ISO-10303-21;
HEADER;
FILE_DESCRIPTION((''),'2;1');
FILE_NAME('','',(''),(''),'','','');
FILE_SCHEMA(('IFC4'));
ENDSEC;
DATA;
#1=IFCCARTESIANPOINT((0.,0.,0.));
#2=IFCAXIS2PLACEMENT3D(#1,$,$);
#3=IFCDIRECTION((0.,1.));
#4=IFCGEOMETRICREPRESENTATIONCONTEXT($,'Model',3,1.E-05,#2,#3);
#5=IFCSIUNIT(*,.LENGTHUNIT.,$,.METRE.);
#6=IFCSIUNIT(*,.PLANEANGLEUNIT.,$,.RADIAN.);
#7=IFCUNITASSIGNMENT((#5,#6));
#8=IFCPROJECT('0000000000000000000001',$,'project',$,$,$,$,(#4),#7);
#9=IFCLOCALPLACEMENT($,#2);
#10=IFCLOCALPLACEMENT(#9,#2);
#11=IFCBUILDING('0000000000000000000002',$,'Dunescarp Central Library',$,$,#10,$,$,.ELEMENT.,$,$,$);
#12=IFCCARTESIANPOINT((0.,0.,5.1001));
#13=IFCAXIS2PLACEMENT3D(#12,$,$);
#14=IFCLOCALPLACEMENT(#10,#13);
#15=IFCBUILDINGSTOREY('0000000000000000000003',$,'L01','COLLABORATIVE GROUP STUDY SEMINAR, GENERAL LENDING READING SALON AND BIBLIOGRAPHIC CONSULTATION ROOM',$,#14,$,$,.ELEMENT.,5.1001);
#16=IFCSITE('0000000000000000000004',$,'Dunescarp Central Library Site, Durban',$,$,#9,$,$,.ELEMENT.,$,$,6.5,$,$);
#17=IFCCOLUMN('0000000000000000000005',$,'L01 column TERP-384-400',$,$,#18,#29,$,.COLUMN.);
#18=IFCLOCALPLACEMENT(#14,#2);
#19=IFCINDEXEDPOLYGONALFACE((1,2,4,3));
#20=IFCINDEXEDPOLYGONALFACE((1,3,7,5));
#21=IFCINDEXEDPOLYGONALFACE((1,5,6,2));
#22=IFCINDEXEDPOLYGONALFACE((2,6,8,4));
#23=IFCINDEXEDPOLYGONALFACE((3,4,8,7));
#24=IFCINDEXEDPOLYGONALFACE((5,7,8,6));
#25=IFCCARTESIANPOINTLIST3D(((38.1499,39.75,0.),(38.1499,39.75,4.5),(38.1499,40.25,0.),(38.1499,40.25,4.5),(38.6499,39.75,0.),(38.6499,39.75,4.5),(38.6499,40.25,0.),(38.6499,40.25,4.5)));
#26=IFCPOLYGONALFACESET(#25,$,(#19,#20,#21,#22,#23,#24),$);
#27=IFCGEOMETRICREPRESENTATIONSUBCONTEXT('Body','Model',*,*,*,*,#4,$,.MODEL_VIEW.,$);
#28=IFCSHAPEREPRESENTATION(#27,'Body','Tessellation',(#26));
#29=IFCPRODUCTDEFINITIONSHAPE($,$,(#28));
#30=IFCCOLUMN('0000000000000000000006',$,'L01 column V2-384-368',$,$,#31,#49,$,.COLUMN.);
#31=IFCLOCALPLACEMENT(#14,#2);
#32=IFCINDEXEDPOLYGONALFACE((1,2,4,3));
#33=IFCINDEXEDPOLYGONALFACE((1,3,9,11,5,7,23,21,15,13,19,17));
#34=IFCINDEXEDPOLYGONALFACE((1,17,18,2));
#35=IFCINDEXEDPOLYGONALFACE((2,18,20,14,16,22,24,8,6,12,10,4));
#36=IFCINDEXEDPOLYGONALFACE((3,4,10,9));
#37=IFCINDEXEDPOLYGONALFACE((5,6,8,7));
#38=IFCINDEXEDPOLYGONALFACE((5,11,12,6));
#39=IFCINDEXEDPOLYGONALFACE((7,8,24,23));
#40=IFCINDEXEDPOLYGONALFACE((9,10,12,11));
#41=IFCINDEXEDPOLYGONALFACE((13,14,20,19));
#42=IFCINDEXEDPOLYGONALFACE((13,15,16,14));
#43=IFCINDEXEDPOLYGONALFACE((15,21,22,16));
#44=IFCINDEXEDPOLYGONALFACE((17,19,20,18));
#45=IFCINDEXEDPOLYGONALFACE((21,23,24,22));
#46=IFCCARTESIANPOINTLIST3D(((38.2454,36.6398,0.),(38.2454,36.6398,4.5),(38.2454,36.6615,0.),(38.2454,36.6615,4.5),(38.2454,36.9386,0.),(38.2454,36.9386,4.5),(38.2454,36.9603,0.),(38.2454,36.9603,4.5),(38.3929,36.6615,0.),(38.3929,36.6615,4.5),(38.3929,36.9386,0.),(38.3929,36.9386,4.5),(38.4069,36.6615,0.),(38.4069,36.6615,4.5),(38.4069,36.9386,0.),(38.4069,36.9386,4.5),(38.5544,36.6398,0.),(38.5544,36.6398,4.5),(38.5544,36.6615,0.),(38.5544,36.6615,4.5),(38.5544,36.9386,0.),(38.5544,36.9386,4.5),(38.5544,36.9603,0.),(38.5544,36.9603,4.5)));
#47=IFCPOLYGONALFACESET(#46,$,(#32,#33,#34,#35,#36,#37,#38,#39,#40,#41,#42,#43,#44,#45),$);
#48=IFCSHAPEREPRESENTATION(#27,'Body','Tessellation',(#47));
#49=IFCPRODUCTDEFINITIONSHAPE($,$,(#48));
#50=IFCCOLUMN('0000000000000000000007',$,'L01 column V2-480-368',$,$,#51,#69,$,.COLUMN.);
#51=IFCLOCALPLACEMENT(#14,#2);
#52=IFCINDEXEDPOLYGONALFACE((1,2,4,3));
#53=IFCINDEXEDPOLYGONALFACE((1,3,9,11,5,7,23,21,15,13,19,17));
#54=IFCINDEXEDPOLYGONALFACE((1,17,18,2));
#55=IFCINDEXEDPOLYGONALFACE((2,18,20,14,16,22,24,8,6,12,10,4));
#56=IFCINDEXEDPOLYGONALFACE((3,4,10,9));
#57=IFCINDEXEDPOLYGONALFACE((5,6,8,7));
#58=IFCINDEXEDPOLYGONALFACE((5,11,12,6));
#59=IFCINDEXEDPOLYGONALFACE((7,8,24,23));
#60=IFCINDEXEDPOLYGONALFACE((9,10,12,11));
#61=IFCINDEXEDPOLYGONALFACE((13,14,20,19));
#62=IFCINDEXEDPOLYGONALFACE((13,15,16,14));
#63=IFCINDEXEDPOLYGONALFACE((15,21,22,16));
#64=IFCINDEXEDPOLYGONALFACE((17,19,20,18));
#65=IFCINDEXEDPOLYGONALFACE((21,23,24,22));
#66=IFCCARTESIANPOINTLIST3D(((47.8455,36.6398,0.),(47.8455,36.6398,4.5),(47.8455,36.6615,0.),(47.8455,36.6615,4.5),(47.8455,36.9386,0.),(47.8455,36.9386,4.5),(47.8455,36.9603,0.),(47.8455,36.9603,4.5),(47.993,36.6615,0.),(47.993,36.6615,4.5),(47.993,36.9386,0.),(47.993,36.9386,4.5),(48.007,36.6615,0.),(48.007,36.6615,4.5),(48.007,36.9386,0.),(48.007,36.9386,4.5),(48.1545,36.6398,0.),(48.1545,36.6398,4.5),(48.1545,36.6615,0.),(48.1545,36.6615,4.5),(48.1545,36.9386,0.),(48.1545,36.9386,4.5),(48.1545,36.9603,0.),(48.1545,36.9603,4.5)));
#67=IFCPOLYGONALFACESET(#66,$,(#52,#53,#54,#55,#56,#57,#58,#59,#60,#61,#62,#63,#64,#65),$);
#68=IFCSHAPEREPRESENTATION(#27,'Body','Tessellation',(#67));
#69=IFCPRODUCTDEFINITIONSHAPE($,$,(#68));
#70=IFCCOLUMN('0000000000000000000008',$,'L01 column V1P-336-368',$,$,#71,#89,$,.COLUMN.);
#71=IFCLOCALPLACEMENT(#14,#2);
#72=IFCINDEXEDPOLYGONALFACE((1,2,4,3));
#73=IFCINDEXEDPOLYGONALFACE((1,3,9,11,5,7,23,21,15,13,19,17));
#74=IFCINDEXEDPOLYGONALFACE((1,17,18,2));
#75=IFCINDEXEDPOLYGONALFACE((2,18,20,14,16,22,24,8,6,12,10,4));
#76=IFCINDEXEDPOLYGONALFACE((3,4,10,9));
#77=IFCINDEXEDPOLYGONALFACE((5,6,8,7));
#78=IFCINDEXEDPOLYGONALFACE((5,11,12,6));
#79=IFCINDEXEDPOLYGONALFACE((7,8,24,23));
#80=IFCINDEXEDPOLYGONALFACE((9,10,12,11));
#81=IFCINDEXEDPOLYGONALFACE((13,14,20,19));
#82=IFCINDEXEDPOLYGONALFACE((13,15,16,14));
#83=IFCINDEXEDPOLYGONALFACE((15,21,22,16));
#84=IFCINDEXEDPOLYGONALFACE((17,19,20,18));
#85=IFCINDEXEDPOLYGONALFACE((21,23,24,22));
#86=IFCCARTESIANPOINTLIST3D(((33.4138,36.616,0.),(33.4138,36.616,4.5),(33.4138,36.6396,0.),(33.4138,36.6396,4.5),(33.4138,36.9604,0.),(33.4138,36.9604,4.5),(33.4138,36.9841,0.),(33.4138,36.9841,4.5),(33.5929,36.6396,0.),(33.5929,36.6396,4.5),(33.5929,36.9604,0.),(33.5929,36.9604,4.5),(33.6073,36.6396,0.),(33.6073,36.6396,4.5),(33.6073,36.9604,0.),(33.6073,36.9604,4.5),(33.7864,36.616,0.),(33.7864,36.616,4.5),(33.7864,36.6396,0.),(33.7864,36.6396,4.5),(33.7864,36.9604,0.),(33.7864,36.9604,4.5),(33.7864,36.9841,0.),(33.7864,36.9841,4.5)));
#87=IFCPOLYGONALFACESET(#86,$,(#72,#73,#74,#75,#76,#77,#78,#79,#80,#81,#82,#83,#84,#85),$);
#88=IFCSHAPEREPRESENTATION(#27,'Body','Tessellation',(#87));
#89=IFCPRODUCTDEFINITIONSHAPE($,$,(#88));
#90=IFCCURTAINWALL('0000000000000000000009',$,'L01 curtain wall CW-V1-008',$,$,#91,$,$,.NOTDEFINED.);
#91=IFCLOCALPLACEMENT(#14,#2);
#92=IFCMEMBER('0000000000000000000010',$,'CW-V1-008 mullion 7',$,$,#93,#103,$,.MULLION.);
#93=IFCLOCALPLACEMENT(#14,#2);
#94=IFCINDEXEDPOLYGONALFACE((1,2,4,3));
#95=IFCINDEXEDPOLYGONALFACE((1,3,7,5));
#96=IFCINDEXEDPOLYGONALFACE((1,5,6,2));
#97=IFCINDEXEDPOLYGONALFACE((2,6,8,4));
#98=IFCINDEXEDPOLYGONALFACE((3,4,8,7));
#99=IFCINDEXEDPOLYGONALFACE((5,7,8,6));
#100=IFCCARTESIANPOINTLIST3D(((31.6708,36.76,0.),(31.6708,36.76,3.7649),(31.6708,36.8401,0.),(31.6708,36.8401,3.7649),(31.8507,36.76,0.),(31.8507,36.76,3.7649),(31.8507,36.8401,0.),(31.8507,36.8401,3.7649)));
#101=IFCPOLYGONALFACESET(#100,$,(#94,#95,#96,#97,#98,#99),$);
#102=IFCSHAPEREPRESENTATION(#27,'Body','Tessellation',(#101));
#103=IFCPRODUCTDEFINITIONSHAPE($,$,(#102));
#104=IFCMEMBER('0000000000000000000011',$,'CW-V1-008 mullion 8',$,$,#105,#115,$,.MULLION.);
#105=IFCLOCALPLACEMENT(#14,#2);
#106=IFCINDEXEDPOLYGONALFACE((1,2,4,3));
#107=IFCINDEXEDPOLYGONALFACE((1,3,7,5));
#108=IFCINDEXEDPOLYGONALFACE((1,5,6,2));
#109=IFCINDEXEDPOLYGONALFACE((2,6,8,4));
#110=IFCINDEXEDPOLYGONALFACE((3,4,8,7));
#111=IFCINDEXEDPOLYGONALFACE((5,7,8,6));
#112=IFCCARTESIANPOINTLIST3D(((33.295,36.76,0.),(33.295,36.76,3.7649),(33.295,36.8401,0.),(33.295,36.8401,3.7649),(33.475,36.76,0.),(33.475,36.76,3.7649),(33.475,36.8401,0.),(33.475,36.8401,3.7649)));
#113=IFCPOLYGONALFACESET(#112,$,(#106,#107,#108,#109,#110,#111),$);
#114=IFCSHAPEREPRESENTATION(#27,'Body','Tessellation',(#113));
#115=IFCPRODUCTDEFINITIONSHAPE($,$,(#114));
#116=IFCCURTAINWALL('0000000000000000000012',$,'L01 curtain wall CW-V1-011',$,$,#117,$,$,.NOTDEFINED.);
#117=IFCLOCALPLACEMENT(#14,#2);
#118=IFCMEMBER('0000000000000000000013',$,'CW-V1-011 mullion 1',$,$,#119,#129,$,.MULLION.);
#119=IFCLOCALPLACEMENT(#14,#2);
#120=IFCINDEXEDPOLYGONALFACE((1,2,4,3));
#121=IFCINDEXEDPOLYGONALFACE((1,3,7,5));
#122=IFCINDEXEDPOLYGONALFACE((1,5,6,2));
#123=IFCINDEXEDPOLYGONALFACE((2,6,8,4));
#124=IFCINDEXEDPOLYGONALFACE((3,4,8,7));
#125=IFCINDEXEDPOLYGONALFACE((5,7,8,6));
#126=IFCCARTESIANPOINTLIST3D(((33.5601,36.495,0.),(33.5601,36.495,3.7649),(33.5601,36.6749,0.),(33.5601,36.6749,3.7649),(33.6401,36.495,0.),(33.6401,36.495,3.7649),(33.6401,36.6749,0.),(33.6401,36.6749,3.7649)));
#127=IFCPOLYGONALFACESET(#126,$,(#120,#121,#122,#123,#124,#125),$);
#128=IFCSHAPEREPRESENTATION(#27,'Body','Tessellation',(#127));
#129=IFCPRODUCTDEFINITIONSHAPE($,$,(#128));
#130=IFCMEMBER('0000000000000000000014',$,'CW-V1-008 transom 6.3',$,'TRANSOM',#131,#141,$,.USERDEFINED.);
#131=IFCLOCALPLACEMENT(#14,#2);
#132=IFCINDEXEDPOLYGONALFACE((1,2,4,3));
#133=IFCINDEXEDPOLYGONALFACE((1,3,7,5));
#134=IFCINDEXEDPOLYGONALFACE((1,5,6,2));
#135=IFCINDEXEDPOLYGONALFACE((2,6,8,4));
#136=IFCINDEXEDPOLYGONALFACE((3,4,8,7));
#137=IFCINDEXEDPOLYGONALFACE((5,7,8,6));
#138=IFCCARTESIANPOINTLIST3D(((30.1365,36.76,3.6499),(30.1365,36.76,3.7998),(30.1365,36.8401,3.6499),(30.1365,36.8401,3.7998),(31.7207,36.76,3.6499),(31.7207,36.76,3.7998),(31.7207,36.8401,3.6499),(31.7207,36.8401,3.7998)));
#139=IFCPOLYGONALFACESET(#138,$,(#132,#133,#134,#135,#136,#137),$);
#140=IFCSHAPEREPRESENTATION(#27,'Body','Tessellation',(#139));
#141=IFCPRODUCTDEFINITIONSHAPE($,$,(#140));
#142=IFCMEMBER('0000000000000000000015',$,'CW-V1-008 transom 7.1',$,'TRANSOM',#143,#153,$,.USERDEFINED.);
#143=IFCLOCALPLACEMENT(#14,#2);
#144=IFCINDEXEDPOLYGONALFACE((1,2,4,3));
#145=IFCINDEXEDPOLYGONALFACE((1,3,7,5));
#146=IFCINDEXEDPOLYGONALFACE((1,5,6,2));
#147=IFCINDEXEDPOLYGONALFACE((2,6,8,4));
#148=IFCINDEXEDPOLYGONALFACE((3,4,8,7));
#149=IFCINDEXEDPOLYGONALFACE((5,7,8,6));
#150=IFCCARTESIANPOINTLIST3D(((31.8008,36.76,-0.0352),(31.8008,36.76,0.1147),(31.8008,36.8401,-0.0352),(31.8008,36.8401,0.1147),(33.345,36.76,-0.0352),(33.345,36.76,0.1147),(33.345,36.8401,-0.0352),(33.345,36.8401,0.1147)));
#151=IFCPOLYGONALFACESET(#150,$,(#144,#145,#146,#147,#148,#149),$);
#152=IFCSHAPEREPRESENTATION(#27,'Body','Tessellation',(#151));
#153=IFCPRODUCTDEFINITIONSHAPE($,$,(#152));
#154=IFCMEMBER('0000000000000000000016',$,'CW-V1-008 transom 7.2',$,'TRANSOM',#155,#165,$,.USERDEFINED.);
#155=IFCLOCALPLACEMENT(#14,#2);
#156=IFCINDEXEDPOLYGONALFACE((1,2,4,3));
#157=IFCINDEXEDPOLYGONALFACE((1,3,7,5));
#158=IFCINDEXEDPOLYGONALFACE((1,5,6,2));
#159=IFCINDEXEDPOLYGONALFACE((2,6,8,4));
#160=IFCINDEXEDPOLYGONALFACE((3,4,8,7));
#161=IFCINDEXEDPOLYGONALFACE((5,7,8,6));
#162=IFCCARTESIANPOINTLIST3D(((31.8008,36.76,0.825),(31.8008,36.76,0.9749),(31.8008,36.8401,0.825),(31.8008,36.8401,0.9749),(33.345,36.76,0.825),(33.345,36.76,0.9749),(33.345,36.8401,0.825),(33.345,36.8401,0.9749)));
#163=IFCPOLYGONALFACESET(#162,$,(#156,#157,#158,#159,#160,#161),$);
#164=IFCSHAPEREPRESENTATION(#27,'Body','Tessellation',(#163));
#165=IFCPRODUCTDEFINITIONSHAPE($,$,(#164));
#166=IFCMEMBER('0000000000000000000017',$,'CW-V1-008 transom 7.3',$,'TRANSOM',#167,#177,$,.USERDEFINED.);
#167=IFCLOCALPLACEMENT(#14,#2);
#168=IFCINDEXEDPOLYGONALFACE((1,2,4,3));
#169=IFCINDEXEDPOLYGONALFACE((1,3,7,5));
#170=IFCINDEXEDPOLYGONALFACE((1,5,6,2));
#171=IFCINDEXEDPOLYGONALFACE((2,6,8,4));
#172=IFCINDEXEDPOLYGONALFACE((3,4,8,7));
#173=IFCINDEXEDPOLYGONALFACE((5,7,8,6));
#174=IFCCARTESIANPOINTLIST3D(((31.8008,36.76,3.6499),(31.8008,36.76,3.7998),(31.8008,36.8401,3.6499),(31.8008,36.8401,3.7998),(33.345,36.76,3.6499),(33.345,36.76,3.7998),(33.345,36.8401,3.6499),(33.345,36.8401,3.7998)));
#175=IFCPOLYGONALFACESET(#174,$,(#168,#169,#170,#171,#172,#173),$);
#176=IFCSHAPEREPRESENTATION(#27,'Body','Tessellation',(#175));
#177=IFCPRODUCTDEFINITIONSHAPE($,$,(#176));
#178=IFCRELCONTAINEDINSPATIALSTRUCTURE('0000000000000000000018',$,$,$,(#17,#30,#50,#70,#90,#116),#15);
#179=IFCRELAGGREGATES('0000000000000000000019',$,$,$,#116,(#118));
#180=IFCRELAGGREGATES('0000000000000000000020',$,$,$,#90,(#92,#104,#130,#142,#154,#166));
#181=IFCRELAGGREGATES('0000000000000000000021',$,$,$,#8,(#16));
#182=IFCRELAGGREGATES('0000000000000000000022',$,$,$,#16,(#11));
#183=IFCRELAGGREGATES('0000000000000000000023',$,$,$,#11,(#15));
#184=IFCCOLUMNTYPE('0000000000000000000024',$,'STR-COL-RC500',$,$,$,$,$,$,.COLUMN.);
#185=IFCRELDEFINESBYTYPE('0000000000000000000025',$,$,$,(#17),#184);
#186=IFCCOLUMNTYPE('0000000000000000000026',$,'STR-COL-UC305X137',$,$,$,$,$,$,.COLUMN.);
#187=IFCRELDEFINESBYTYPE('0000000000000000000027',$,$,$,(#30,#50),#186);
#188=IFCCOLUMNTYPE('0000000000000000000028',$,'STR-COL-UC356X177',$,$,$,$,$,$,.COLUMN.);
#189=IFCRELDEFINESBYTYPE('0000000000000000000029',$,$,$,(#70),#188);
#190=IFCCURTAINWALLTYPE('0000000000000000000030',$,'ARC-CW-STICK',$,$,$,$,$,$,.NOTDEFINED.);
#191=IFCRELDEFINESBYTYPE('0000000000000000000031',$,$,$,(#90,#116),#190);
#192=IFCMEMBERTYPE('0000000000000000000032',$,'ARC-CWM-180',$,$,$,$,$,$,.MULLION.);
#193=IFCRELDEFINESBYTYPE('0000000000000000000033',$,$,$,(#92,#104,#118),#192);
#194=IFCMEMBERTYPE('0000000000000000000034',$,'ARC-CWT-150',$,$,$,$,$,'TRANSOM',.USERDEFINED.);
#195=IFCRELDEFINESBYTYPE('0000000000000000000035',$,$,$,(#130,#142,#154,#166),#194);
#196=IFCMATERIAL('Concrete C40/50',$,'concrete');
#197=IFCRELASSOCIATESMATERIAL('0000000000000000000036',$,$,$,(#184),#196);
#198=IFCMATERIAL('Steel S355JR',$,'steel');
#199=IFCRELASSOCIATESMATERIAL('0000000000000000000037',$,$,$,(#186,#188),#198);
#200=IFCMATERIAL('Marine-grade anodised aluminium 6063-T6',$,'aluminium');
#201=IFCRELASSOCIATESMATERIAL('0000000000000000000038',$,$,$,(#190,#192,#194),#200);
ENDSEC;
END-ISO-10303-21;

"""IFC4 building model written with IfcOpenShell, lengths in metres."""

from ifc_helpers import new_model, si_unit, direction, frame, origin, origin_2d, place, context, subcontext, project, spatial, rectangle, i_section, extrude, material, material_profile, profile_set, type_object, element, aggregate, save


model = new_model("IFC4")

# Units and contexts
model_context = context("Model", 3, precision=1e-05, world=origin(), true_north=direction((0.0, 1.0)))
body_context = subcontext(model_context, "Body", "Model", "MODEL_VIEW")
ifc_project = project(units=[si_unit("LENGTHUNIT", "METRE"), si_unit("PLANEANGLEUNIT", "RADIAN")], contexts=[model_context])

# Site, building, storey
site_placement = place(None, origin())
site = spatial("IfcSite", under=ifc_project, at=site_placement, Name="Dunescarp Central Library Site, Durban", CompositionType="ELEMENT", RefElevation=6.5)
building_placement = place(site_placement, origin())
building = spatial("IfcBuilding", under=site, at=building_placement, Name="Dunescarp Central Library", CompositionType="ELEMENT")
storey_placement = place(building_placement, frame((0.0, 0.0, 5.1001)))
storey = spatial("IfcBuildingStorey", under=building, at=storey_placement, Name="L01", Description="COLLABORATIVE GROUP STUDY SEMINAR, GENERAL LENDING READING SALON AND BIBLIOGRAPHIC CONSULTATION ROOM", CompositionType="ELEMENT", Elevation=5.1001)

# Columns
ifc_material_1 = material(Name="Concrete C40/50", Category="concrete")
ifc_material_profile_1 = material_profile(ifc_material_1, rectangle(XDim=0.5, YDim=0.5, at=origin_2d()), Name="RC 500x500")
ifc_profile_set_1 = profile_set([ifc_material_profile_1], Name="Concrete C40/50")
column_type_1 = type_object("IfcColumnType", Name="STR-COL-RC500", PredefinedType="COLUMN", material=ifc_profile_set_1)
column_1_placement = place(storey_placement, frame((38.3999, 40.0, 0.0), z_axis=(0.0, 0.0, 1.0), x_axis=(1.0, 0.0, 0.0)))
element("IfcColumn", 1, at=column_1_placement, inside=storey, type_object=column_type_1, Name="L01 column TERP-384-400", PredefinedType="COLUMN", context=body_context, shape_type="SweptSolid", body=[
    extrude(rectangle(XDim=0.5, YDim=0.5, at=origin_2d()), origin(), (0.0, 0.0, 1.0), 4.5),
])
ifc_material_2 = material(Name="Steel S355JR", Category="steel")
ifc_material_profile_2 = material_profile(ifc_material_2, i_section(OverallWidth=0.3091, OverallDepth=0.3206, WebThickness=0.0139, FlangeThickness=0.0217, at=origin_2d()), Name="UC 305x305x137")
ifc_profile_set_2 = profile_set([ifc_material_profile_2], Name="Steel S355JR")
column_type_2 = type_object("IfcColumnType", Name="STR-COL-UC305X137", PredefinedType="COLUMN", material=ifc_profile_set_2)
for number, where, z_axis, x_axis, name in (
    (2, (38.3999, 36.8, 0.0), (0.0, 0.0, 1.0), (1.0, 0.0, 0.0), "L01 column V2-384-368"),
    (3, (48.0, 36.8, 0.0), (0.0, 0.0, 1.0), (1.0, 0.0, 0.0), "L01 column V2-480-368"),
):
    element("IfcColumn", number, at=place(storey_placement, frame(where, z_axis=z_axis, x_axis=x_axis)), inside=storey, type_object=column_type_2, Name=name, PredefinedType="COLUMN", context=body_context, shape_type="SweptSolid", body=[
        extrude(i_section(OverallWidth=0.3091, OverallDepth=0.3206, WebThickness=0.0139, FlangeThickness=0.0217, at=origin_2d()), origin(), (0.0, 0.0, 1.0), 4.5),
    ])
ifc_material_profile_3 = material_profile(ifc_material_2, i_section(OverallWidth=0.3726, OverallDepth=0.3682, WebThickness=0.0144, FlangeThickness=0.0237, at=origin_2d()), Name="UC 356x368x177")
ifc_profile_set_3 = profile_set([ifc_material_profile_3], Name="Steel S355JR")
column_type_3 = type_object("IfcColumnType", Name="STR-COL-UC356X177", PredefinedType="COLUMN", material=ifc_profile_set_3)
column_2_placement = place(storey_placement, frame((33.6001, 36.8, 0.0), z_axis=(0.0, 0.0, 1.0), x_axis=(1.0, 0.0, 0.0)))
element("IfcColumn", 4, at=column_2_placement, inside=storey, type_object=column_type_3, Name="L01 column V1P-336-368", PredefinedType="COLUMN", context=body_context, shape_type="SweptSolid", body=[
    extrude(i_section(OverallWidth=0.3726, OverallDepth=0.3682, WebThickness=0.0144, FlangeThickness=0.0237, at=origin_2d()), origin(), (0.0, 0.0, 1.0), 4.5),
])

# Curtain wall, members
ifc_material_3 = material(Name="Marine-grade anodised aluminium 6063-T6", Category="aluminium")
curtain_wall_type = type_object("IfcCurtainWallType", Name="ARC-CW-STICK", PredefinedType="NOTDEFINED", material=ifc_material_3)
curtain_wall_1_placement = place(storey_placement, origin())
curtain_wall_1 = element("IfcCurtainWall", 5, at=curtain_wall_1_placement, inside=storey, type_object=curtain_wall_type, Name="L01 curtain wall CW-V1-008", PredefinedType="NOTDEFINED")
ifc_material_profile_4 = material_profile(ifc_material_3, rectangle(XDim=0.0801, YDim=0.1799, at=origin_2d()), Name="AL 80x180")
ifc_profile_set_4 = profile_set([ifc_material_profile_4], Name="Marine-grade anodised aluminium 6063-T6")
member_type_1 = type_object("IfcMemberType", Name="ARC-CWM-180", PredefinedType="MULLION", material=ifc_profile_set_4)
member_1_placement = place(storey_placement, frame((31.7607, 36.8, 0.0), z_axis=(0.0, 0.0, 1.0), x_axis=(0.0, 1.0, 0.0)))
member_1 = element("IfcMember", 6, at=member_1_placement, type_object=member_type_1, Name="CW-V1-008 mullion 7", PredefinedType="MULLION", context=body_context, shape_type="SweptSolid", body=[
    extrude(rectangle(XDim=0.0801, YDim=0.1799, at=origin_2d()), origin(), (0.0, 0.0, 1.0), 3.7649),
])
member_2_placement = place(storey_placement, frame((33.385, 36.8, 0.0), z_axis=(0.0, 0.0, 1.0), x_axis=(0.0, 1.0, 0.0)))
member_2 = element("IfcMember", 7, at=member_2_placement, type_object=member_type_1, Name="CW-V1-008 mullion 8", PredefinedType="MULLION", context=body_context, shape_type="SweptSolid", body=[
    extrude(rectangle(XDim=0.0801, YDim=0.1799, at=origin_2d()), origin(), (0.0, 0.0, 1.0), 3.7649),
])

# Curtain wall, member
curtain_wall_2_placement = place(storey_placement, origin())
curtain_wall_2 = element("IfcCurtainWall", 8, at=curtain_wall_2_placement, inside=storey, type_object=curtain_wall_type, Name="L01 curtain wall CW-V1-011", PredefinedType="NOTDEFINED")
member_3_placement = place(storey_placement, frame((33.6001, 36.585, 0.0), z_axis=(0.0, 0.0, 1.0), x_axis=(1.0, 0.0, 0.0)))
member_3 = element("IfcMember", 9, at=member_3_placement, type_object=member_type_1, Name="CW-V1-011 mullion 1", PredefinedType="MULLION", context=body_context, shape_type="SweptSolid", body=[
    extrude(rectangle(XDim=0.0801, YDim=0.1799, at=origin_2d()), origin(), (0.0, 0.0, 1.0), 3.7649),
])
aggregate(curtain_wall_2, [member_3])

# Members
ifc_material_profile_5 = material_profile(ifc_material_3, rectangle(XDim=0.0801, YDim=0.1499, at=origin_2d()), Name="AL 80x150")
ifc_profile_set_5 = profile_set([ifc_material_profile_5], Name="Marine-grade anodised aluminium 6063-T6")
member_type_2 = type_object("IfcMemberType", Name="ARC-CWT-150", ElementType="TRANSOM", PredefinedType="USERDEFINED", material=ifc_profile_set_5)
member_4_placement = place(storey_placement, frame((30.1365, 36.8, 3.7249), z_axis=(1.0, 0.0, 0.0), x_axis=(0.0, 1.0, 0.0)))
member_4 = element("IfcMember", 10, at=member_4_placement, type_object=member_type_2, Name="CW-V1-008 transom 6.3", ObjectType="TRANSOM", PredefinedType="USERDEFINED", context=body_context, shape_type="SweptSolid", body=[
    extrude(rectangle(XDim=0.0801, YDim=0.1499, at=origin_2d()), origin(), (0.0, 0.0, 1.0), 1.5842),
])
member_5_placement = place(storey_placement, frame((31.8008, 36.8, 0.0398), z_axis=(1.0, 0.0, 0.0), x_axis=(0.0, 1.0, 0.0)))
member_5 = element("IfcMember", 11, at=member_5_placement, type_object=member_type_2, Name="CW-V1-008 transom 7.1", ObjectType="TRANSOM", PredefinedType="USERDEFINED", context=body_context, shape_type="SweptSolid", body=[
    extrude(rectangle(XDim=0.0801, YDim=0.1499, at=origin_2d()), origin(), (0.0, 0.0, 1.0), 1.5442),
])
member_6_placement = place(storey_placement, frame((31.8008, 36.8, 0.8999), z_axis=(1.0, 0.0, 0.0), x_axis=(0.0, 1.0, 0.0)))
member_6 = element("IfcMember", 12, at=member_6_placement, type_object=member_type_2, Name="CW-V1-008 transom 7.2", ObjectType="TRANSOM", PredefinedType="USERDEFINED", context=body_context, shape_type="SweptSolid", body=[
    extrude(rectangle(XDim=0.0801, YDim=0.1499, at=origin_2d()), origin(), (0.0, 0.0, 1.0), 1.5442),
])
member_7_placement = place(storey_placement, frame((31.8008, 36.8, 3.7249), z_axis=(1.0, 0.0, 0.0), x_axis=(0.0, 1.0, 0.0)))
member_7 = element("IfcMember", 13, at=member_7_placement, type_object=member_type_2, Name="CW-V1-008 transom 7.3", ObjectType="TRANSOM", PredefinedType="USERDEFINED", context=body_context, shape_type="SweptSolid", body=[
    extrude(rectangle(XDim=0.0801, YDim=0.1499, at=origin_2d()), origin(), (0.0, 0.0, 1.0), 1.5442),
])

aggregate(curtain_wall_1, [member_1, member_2, member_4, member_5, member_6, member_7])

save(model, "model.ifc")
